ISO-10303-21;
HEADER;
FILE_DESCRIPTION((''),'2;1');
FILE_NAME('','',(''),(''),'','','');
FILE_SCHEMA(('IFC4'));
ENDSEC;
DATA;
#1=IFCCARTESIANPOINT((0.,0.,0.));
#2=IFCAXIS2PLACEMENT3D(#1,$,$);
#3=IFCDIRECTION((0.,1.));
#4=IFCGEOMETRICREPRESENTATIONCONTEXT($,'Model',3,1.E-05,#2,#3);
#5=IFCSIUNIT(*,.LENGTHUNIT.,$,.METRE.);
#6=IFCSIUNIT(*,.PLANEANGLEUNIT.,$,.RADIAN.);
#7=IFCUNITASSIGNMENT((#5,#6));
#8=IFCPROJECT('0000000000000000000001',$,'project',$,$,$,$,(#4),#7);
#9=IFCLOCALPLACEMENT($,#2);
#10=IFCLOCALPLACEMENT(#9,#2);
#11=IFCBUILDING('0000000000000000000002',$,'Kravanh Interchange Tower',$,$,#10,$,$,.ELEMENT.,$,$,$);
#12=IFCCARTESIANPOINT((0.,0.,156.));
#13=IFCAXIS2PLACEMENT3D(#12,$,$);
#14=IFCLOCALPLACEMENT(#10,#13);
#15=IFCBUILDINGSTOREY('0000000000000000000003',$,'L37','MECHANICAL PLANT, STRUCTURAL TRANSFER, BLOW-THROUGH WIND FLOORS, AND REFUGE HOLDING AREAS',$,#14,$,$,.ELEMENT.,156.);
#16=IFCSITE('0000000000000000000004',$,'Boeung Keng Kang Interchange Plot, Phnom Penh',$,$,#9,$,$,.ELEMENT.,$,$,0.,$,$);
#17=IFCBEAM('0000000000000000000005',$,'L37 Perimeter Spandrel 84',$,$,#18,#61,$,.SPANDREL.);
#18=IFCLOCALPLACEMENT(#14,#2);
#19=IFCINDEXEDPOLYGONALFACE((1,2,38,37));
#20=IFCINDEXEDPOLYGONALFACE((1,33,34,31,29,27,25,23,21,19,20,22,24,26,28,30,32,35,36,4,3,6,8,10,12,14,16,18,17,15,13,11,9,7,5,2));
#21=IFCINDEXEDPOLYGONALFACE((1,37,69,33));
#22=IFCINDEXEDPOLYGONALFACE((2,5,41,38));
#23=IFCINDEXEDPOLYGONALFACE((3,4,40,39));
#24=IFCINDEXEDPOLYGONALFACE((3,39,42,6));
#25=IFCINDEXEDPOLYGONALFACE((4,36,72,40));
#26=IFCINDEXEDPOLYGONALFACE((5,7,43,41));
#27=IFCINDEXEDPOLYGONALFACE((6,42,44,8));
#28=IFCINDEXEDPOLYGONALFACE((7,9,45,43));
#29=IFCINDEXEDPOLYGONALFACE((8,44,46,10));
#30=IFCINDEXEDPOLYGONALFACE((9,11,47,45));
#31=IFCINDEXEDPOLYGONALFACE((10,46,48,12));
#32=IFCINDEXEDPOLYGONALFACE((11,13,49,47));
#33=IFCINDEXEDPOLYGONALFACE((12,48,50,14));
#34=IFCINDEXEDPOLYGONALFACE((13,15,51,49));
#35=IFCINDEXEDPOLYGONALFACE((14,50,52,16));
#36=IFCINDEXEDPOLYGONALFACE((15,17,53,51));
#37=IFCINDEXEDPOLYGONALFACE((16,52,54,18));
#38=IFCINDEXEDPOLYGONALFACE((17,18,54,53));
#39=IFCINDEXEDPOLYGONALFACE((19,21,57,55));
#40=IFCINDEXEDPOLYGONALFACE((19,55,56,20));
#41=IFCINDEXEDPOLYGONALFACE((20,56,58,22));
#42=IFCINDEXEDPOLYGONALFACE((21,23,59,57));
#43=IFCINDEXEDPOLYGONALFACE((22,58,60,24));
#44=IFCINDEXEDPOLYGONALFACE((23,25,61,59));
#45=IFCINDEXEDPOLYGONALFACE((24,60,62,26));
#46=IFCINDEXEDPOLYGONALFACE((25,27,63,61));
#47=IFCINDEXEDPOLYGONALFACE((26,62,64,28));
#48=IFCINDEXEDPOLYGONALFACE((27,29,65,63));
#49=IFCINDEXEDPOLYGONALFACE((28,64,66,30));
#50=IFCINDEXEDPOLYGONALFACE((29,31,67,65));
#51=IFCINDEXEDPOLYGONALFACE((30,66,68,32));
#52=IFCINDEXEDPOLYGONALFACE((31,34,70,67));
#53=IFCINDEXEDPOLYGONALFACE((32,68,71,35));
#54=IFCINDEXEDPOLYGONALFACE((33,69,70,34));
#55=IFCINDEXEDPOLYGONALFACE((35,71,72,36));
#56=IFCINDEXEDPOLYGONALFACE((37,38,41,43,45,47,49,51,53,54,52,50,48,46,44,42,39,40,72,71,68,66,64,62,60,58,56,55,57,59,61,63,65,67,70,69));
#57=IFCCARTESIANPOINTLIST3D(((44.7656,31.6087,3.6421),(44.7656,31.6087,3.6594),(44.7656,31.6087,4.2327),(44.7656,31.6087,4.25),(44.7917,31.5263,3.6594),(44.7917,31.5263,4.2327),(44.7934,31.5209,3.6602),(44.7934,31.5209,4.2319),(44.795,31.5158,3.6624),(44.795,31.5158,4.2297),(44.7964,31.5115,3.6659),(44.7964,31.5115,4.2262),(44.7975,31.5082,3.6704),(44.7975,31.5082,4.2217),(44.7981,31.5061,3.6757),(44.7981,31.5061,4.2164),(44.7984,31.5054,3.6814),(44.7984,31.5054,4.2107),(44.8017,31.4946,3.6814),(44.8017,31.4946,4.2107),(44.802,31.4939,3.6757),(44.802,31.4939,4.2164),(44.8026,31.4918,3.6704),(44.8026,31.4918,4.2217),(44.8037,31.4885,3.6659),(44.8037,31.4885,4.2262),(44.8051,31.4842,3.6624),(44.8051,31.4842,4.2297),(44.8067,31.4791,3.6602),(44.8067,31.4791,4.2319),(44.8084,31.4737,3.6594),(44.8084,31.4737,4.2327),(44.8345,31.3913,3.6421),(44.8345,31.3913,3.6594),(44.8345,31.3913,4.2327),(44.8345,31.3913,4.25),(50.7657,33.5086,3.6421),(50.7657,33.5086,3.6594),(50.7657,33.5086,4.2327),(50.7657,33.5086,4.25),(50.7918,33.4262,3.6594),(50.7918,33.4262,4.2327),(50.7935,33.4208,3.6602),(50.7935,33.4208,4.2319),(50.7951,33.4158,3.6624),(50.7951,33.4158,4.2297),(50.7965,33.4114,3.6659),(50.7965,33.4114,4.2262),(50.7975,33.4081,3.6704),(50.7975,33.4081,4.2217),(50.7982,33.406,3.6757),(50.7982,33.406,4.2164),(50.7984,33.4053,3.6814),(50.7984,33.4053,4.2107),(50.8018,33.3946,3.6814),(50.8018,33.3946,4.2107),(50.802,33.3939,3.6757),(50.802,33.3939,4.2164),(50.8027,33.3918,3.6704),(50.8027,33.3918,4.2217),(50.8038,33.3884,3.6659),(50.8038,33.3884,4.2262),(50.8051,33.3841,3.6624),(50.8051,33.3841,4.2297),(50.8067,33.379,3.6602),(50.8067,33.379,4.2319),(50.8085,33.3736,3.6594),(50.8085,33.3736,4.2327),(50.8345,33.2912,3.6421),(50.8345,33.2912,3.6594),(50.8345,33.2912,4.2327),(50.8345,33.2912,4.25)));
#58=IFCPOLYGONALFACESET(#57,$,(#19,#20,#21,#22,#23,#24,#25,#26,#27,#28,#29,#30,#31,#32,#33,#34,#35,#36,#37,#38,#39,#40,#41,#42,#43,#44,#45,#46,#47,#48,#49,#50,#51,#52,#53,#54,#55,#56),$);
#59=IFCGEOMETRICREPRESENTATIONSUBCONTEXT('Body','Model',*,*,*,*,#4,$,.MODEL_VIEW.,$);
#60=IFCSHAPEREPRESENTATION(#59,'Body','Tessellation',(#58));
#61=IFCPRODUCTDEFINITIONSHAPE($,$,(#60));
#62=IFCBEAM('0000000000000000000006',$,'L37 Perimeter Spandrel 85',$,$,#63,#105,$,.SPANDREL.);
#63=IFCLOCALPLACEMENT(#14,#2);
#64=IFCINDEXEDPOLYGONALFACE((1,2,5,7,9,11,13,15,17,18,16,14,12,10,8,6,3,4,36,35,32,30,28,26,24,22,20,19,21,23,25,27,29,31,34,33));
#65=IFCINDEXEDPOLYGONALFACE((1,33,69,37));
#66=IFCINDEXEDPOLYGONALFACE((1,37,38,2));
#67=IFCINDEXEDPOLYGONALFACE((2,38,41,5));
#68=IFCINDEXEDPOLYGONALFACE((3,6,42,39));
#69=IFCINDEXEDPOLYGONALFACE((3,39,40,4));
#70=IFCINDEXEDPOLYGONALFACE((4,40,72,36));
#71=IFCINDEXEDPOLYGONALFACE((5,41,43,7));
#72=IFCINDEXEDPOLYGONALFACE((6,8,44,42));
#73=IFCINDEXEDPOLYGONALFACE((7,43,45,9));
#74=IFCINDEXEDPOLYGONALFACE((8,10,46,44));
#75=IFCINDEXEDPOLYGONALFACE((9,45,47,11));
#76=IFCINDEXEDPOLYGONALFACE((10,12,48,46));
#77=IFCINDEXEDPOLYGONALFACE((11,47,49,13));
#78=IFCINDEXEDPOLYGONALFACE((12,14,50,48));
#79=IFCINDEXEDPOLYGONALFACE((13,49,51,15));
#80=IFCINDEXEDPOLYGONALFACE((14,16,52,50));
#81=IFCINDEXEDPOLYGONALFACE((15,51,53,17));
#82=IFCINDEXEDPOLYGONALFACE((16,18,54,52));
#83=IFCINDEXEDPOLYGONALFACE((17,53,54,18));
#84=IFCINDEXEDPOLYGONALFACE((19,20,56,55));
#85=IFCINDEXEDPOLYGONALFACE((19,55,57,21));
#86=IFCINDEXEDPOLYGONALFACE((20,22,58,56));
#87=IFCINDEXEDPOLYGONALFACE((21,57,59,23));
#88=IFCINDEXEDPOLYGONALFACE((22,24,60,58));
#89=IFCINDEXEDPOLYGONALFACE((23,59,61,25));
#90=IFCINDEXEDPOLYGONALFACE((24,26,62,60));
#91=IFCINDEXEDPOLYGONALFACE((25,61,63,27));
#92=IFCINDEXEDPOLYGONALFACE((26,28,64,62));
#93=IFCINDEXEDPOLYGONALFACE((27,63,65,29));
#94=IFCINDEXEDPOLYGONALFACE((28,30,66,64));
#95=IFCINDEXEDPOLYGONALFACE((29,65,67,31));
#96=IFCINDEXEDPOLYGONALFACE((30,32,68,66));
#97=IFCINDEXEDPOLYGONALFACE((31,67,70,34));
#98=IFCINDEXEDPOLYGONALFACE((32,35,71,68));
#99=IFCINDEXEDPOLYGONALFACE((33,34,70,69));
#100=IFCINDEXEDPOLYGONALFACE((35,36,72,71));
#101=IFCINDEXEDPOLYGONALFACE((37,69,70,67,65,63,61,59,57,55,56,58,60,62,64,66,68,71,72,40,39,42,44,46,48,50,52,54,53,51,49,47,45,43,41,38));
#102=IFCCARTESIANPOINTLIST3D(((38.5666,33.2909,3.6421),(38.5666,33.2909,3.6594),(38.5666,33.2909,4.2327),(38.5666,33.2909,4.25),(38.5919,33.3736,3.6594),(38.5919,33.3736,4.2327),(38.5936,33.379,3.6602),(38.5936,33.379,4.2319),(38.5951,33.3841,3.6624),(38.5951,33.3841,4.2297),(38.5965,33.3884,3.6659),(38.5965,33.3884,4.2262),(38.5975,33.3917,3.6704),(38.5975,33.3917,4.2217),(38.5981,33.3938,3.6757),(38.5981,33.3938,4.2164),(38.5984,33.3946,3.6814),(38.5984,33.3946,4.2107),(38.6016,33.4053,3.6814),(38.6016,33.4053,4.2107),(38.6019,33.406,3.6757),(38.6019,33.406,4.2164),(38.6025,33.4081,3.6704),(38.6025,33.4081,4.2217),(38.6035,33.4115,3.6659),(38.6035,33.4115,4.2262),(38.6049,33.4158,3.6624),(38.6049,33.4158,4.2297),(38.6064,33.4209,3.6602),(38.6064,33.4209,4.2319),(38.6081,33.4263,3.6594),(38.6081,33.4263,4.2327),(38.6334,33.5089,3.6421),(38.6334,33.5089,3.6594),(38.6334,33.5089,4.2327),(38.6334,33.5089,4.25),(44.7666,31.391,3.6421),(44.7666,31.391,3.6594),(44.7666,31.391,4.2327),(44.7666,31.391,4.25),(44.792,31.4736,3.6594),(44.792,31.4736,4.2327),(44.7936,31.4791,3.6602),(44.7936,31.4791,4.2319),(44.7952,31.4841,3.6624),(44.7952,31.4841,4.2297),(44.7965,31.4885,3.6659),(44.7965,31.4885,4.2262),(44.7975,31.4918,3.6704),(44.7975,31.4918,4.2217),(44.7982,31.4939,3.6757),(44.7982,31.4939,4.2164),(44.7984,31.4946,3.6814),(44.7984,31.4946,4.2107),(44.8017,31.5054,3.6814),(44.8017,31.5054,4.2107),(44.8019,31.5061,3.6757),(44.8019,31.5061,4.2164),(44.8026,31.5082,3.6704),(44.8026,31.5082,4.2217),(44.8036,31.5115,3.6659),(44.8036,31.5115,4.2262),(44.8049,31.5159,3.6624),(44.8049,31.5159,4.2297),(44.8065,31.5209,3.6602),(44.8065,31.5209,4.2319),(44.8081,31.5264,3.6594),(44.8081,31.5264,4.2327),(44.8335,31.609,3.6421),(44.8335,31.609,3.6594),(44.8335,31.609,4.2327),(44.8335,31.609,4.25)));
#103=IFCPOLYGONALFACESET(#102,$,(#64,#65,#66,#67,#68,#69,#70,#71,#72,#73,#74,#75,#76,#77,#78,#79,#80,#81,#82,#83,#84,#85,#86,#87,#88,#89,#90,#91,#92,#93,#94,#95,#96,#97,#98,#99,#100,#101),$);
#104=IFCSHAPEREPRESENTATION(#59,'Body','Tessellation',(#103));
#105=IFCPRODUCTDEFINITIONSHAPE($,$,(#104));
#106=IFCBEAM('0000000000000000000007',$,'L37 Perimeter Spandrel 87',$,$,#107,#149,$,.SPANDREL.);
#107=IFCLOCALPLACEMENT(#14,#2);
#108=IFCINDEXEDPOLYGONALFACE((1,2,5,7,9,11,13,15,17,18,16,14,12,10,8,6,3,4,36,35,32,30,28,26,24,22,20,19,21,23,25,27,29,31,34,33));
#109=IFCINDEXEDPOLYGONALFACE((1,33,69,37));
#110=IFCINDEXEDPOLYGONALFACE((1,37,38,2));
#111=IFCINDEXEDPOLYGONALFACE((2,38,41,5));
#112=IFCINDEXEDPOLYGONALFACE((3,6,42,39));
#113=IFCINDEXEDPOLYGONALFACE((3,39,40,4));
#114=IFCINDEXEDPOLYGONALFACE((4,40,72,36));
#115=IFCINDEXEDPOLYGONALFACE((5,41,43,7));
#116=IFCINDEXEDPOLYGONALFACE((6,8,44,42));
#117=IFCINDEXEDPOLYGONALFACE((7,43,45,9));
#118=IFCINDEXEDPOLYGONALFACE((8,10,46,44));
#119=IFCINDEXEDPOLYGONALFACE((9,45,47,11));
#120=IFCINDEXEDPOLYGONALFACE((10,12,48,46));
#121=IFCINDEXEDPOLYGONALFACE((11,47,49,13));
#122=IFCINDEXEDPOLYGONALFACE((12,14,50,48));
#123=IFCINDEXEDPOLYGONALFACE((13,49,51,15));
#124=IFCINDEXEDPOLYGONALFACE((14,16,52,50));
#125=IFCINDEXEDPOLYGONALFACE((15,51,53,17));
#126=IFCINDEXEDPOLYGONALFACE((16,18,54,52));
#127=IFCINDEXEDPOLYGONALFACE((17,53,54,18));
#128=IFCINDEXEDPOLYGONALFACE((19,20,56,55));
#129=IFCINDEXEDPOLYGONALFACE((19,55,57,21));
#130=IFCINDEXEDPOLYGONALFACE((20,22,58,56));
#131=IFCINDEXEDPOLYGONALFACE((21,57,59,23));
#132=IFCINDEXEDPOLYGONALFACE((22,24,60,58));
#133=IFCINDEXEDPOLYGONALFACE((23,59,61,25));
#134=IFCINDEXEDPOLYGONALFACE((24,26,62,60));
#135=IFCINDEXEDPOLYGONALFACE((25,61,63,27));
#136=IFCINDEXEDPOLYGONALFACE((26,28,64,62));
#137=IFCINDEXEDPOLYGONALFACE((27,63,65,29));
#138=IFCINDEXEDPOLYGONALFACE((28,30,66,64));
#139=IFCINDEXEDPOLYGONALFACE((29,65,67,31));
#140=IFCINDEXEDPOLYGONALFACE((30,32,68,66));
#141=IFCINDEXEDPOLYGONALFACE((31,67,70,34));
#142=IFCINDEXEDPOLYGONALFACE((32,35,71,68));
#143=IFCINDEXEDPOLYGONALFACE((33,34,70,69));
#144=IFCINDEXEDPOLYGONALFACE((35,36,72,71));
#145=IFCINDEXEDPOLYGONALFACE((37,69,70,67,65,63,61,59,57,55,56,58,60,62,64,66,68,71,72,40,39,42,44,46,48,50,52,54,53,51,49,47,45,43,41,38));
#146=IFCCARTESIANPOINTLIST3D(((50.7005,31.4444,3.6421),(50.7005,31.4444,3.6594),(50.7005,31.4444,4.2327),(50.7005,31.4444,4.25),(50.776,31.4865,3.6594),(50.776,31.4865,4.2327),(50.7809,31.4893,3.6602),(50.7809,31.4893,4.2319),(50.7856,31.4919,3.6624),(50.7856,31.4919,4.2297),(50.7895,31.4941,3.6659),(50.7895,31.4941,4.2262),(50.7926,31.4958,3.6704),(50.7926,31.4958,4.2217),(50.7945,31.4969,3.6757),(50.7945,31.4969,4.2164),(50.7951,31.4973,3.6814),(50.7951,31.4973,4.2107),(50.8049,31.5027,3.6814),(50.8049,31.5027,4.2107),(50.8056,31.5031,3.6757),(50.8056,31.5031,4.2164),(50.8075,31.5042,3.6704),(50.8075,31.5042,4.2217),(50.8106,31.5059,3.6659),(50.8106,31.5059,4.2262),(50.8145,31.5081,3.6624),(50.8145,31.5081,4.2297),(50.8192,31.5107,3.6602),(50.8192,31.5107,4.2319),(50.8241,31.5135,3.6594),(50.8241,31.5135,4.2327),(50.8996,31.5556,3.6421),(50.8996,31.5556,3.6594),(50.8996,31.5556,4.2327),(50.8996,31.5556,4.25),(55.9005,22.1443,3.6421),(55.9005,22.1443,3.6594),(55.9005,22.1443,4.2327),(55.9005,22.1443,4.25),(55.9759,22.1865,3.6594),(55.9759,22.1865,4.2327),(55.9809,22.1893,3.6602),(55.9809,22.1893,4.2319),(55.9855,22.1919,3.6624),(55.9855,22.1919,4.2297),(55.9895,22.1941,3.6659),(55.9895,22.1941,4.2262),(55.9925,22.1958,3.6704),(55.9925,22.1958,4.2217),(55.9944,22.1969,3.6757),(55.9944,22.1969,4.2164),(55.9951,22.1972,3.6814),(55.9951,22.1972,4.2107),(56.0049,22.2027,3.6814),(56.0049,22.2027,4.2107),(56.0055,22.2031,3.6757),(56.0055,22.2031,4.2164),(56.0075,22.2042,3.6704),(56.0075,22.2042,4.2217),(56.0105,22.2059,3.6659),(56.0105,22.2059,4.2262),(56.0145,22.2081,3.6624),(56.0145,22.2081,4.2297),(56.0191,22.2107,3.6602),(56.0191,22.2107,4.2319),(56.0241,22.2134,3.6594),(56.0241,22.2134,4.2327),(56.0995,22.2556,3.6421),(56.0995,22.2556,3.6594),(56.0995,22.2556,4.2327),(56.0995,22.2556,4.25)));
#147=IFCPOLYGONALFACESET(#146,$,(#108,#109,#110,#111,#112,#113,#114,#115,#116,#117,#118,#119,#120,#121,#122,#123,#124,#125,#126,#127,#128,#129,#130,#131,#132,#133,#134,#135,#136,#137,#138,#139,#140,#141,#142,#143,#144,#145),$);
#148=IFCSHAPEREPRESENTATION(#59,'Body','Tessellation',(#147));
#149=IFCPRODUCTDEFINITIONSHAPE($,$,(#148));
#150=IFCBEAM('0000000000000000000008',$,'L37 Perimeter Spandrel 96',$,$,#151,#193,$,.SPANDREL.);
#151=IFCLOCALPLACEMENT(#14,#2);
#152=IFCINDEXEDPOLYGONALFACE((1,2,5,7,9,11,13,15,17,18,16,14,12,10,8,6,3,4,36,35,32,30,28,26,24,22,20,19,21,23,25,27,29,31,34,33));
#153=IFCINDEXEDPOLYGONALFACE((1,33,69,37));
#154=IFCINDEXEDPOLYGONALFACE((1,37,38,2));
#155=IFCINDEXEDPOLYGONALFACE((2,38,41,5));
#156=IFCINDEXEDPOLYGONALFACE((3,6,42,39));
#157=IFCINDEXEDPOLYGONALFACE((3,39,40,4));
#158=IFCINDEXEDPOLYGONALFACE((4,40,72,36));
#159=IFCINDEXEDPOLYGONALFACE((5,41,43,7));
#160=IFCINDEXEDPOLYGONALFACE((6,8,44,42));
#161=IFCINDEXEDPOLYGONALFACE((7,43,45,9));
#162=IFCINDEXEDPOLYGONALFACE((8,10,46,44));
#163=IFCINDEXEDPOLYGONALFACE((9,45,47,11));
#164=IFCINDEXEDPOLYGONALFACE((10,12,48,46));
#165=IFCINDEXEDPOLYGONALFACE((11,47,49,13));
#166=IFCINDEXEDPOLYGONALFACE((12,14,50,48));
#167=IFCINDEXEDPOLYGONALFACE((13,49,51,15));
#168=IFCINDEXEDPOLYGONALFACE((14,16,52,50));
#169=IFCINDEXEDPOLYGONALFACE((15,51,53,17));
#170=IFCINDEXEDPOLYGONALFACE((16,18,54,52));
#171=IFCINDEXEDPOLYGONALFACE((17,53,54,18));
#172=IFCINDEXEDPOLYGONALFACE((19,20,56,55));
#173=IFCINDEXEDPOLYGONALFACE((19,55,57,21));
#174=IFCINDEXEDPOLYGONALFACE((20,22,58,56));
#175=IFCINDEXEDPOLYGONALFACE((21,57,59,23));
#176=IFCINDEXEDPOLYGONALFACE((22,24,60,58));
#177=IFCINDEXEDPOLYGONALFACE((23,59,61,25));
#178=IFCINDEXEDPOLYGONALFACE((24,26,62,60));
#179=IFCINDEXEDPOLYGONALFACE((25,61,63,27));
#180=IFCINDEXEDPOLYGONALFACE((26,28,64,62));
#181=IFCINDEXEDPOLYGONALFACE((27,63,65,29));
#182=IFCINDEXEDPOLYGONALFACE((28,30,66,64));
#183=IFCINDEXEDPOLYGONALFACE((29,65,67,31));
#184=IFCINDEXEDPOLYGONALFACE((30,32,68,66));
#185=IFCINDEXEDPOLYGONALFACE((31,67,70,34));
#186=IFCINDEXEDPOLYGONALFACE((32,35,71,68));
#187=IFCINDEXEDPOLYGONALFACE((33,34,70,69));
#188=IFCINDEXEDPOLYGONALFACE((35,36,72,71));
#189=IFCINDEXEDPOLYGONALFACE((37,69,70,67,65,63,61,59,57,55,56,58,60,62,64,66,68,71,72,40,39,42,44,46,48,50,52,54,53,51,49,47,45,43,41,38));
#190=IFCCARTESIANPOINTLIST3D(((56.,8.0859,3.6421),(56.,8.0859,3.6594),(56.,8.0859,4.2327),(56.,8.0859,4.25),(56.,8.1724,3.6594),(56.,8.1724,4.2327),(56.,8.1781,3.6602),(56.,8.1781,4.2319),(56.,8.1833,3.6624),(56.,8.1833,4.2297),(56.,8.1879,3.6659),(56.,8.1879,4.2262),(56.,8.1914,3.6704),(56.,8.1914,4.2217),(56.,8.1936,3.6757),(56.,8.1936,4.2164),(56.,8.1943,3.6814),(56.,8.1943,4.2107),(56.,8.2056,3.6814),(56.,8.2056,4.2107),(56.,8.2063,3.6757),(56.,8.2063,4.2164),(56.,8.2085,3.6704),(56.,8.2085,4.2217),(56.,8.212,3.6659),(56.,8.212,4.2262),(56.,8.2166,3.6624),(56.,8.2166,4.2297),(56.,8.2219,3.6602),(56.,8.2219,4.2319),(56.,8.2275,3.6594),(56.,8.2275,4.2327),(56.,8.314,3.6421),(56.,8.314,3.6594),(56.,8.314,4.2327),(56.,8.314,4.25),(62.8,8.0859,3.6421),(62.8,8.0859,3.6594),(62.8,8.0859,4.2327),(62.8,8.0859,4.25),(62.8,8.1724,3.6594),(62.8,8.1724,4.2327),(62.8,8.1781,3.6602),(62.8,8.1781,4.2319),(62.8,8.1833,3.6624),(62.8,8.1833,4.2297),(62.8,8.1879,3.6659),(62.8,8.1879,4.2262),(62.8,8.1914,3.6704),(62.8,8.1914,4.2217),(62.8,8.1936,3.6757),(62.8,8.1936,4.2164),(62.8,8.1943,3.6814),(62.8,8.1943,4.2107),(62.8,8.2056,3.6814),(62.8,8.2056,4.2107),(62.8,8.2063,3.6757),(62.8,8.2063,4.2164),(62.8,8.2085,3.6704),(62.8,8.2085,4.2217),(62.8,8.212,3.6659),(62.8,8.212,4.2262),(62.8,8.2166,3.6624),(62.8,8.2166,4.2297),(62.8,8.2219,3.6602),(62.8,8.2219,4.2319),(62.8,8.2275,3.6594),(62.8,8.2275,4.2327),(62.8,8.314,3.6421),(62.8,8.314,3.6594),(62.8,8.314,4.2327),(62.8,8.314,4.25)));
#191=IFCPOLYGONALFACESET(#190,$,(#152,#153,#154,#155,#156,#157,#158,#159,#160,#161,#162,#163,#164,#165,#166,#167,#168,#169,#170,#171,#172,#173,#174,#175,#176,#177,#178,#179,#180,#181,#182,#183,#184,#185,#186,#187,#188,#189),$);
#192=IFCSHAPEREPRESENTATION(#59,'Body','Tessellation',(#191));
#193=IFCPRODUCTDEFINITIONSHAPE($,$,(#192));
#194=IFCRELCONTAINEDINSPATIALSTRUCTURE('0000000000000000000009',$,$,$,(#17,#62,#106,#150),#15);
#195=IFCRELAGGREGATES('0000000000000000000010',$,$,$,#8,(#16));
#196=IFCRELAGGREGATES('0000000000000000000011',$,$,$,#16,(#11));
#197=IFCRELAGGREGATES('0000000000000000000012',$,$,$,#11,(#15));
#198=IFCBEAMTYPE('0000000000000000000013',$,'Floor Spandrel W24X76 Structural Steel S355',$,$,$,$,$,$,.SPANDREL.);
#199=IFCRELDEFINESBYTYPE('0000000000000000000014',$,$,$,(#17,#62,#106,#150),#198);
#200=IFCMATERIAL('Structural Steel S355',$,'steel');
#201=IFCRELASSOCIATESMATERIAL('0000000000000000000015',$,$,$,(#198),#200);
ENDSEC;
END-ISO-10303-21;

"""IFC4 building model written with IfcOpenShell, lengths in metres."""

from ifc_helpers import new_model, si_unit, direction, frame, origin, origin_2d, place, context, subcontext, project, spatial, i_section, extrude, material, material_profile, profile_set, type_object, element, save


model = new_model("IFC4")

# Units and contexts
model_context = context("Model", 3, precision=1e-05, world=origin(), true_north=direction((0.0, 1.0)))
body_context = subcontext(model_context, "Body", "Model", "MODEL_VIEW")
ifc_project = project(units=[si_unit("LENGTHUNIT", "METRE"), si_unit("PLANEANGLEUNIT", "RADIAN")], contexts=[model_context])

# Site, building, storey
site_placement = place(None, origin())
site = spatial("IfcSite", under=ifc_project, at=site_placement, Name="Boeung Keng Kang Interchange Plot, Phnom Penh", CompositionType="ELEMENT", RefElevation=0.0)
building_placement = place(site_placement, origin())
building = spatial("IfcBuilding", under=site, at=building_placement, Name="Kravanh Interchange Tower", CompositionType="ELEMENT")
storey_placement = place(building_placement, frame((0.0, 0.0, 156.0)))
storey = spatial("IfcBuildingStorey", under=building, at=storey_placement, Name="L37", Description="MECHANICAL PLANT, STRUCTURAL TRANSFER, BLOW-THROUGH WIND FLOORS, AND REFUGE HOLDING AREAS", CompositionType="ELEMENT", Elevation=156.0)

# Beams
ifc_material_1 = material(Name="Structural Steel S355", Category="steel")
ifc_material_profile_1 = material_profile(ifc_material_1, i_section(OverallWidth=0.228, OverallDepth=0.6079, WebThickness=0.0112, FlangeThickness=0.0173, FilletRadius=0.022, at=origin_2d()), Name="W24X76")
ifc_profile_set_1 = profile_set([ifc_material_profile_1], Name="Structural Steel S355")
beam_type_1 = type_object("IfcBeamType", Name="Floor Spandrel W24X76 Structural Steel S355", PredefinedType="SPANDREL", material=ifc_profile_set_1)
beam_1_placement = place(storey_placement, frame((44.8, 31.5, 3.946), z_axis=(0.953347, 0.301878, 0.0), x_axis=(-0.301878, 0.953347, 0.0)))
element("IfcBeam", 1, at=beam_1_placement, inside=storey, type_object=beam_type_1, Name="L37 Perimeter Spandrel 84", PredefinedType="SPANDREL", context=body_context, shape_type="SweptSolid", body=[
    extrude(i_section(OverallWidth=0.228, OverallDepth=0.6079, WebThickness=0.0112, FlangeThickness=0.0173, FilletRadius=0.022, at=origin_2d()), origin(), (0.0, 0.0, 1.0), 6.2937),
])
beam_2_placement = place(storey_placement, frame((44.8, 31.5, 3.946), z_axis=(-0.956115, 0.29299, 0.0), x_axis=(-0.29299, -0.956115, 0.0)))
element("IfcBeam", 2, at=beam_2_placement, inside=storey, type_object=beam_type_1, Name="L37 Perimeter Spandrel 85", PredefinedType="SPANDREL", context=body_context, shape_type="SweptSolid", body=[
    extrude(i_section(OverallWidth=0.228, OverallDepth=0.6079, WebThickness=0.0112, FlangeThickness=0.0173, FilletRadius=0.022, at=origin_2d()), origin(), (0.0, 0.0, 1.0), 6.4846),
])
beam_3_placement = place(storey_placement, frame((50.8, 31.5, 3.946), z_axis=(0.488026, -0.872829, 0.0), x_axis=(0.872829, 0.488026, 0.0)))
element("IfcBeam", 3, at=beam_3_placement, inside=storey, type_object=beam_type_1, Name="L37 Perimeter Spandrel 87", PredefinedType="SPANDREL", context=body_context, shape_type="SweptSolid", body=[
    extrude(i_section(OverallWidth=0.228, OverallDepth=0.6079, WebThickness=0.0112, FlangeThickness=0.0173, FilletRadius=0.022, at=origin_2d()), origin(), (0.0, 0.0, 1.0), 10.655),
])
beam_4_placement = place(storey_placement, frame((56.0, 8.2, 3.946), z_axis=(1.0, 0.0, 0.0), x_axis=(0.0, 1.0, 0.0)))
element("IfcBeam", 4, at=beam_4_placement, inside=storey, type_object=beam_type_1, Name="L37 Perimeter Spandrel 96", PredefinedType="SPANDREL", context=body_context, shape_type="SweptSolid", body=[
    extrude(i_section(OverallWidth=0.228, OverallDepth=0.6079, WebThickness=0.0112, FlangeThickness=0.0173, FilletRadius=0.022, at=origin_2d()), origin(), (0.0, 0.0, 1.0), 6.8),
])

save(model, "model.ifc")
